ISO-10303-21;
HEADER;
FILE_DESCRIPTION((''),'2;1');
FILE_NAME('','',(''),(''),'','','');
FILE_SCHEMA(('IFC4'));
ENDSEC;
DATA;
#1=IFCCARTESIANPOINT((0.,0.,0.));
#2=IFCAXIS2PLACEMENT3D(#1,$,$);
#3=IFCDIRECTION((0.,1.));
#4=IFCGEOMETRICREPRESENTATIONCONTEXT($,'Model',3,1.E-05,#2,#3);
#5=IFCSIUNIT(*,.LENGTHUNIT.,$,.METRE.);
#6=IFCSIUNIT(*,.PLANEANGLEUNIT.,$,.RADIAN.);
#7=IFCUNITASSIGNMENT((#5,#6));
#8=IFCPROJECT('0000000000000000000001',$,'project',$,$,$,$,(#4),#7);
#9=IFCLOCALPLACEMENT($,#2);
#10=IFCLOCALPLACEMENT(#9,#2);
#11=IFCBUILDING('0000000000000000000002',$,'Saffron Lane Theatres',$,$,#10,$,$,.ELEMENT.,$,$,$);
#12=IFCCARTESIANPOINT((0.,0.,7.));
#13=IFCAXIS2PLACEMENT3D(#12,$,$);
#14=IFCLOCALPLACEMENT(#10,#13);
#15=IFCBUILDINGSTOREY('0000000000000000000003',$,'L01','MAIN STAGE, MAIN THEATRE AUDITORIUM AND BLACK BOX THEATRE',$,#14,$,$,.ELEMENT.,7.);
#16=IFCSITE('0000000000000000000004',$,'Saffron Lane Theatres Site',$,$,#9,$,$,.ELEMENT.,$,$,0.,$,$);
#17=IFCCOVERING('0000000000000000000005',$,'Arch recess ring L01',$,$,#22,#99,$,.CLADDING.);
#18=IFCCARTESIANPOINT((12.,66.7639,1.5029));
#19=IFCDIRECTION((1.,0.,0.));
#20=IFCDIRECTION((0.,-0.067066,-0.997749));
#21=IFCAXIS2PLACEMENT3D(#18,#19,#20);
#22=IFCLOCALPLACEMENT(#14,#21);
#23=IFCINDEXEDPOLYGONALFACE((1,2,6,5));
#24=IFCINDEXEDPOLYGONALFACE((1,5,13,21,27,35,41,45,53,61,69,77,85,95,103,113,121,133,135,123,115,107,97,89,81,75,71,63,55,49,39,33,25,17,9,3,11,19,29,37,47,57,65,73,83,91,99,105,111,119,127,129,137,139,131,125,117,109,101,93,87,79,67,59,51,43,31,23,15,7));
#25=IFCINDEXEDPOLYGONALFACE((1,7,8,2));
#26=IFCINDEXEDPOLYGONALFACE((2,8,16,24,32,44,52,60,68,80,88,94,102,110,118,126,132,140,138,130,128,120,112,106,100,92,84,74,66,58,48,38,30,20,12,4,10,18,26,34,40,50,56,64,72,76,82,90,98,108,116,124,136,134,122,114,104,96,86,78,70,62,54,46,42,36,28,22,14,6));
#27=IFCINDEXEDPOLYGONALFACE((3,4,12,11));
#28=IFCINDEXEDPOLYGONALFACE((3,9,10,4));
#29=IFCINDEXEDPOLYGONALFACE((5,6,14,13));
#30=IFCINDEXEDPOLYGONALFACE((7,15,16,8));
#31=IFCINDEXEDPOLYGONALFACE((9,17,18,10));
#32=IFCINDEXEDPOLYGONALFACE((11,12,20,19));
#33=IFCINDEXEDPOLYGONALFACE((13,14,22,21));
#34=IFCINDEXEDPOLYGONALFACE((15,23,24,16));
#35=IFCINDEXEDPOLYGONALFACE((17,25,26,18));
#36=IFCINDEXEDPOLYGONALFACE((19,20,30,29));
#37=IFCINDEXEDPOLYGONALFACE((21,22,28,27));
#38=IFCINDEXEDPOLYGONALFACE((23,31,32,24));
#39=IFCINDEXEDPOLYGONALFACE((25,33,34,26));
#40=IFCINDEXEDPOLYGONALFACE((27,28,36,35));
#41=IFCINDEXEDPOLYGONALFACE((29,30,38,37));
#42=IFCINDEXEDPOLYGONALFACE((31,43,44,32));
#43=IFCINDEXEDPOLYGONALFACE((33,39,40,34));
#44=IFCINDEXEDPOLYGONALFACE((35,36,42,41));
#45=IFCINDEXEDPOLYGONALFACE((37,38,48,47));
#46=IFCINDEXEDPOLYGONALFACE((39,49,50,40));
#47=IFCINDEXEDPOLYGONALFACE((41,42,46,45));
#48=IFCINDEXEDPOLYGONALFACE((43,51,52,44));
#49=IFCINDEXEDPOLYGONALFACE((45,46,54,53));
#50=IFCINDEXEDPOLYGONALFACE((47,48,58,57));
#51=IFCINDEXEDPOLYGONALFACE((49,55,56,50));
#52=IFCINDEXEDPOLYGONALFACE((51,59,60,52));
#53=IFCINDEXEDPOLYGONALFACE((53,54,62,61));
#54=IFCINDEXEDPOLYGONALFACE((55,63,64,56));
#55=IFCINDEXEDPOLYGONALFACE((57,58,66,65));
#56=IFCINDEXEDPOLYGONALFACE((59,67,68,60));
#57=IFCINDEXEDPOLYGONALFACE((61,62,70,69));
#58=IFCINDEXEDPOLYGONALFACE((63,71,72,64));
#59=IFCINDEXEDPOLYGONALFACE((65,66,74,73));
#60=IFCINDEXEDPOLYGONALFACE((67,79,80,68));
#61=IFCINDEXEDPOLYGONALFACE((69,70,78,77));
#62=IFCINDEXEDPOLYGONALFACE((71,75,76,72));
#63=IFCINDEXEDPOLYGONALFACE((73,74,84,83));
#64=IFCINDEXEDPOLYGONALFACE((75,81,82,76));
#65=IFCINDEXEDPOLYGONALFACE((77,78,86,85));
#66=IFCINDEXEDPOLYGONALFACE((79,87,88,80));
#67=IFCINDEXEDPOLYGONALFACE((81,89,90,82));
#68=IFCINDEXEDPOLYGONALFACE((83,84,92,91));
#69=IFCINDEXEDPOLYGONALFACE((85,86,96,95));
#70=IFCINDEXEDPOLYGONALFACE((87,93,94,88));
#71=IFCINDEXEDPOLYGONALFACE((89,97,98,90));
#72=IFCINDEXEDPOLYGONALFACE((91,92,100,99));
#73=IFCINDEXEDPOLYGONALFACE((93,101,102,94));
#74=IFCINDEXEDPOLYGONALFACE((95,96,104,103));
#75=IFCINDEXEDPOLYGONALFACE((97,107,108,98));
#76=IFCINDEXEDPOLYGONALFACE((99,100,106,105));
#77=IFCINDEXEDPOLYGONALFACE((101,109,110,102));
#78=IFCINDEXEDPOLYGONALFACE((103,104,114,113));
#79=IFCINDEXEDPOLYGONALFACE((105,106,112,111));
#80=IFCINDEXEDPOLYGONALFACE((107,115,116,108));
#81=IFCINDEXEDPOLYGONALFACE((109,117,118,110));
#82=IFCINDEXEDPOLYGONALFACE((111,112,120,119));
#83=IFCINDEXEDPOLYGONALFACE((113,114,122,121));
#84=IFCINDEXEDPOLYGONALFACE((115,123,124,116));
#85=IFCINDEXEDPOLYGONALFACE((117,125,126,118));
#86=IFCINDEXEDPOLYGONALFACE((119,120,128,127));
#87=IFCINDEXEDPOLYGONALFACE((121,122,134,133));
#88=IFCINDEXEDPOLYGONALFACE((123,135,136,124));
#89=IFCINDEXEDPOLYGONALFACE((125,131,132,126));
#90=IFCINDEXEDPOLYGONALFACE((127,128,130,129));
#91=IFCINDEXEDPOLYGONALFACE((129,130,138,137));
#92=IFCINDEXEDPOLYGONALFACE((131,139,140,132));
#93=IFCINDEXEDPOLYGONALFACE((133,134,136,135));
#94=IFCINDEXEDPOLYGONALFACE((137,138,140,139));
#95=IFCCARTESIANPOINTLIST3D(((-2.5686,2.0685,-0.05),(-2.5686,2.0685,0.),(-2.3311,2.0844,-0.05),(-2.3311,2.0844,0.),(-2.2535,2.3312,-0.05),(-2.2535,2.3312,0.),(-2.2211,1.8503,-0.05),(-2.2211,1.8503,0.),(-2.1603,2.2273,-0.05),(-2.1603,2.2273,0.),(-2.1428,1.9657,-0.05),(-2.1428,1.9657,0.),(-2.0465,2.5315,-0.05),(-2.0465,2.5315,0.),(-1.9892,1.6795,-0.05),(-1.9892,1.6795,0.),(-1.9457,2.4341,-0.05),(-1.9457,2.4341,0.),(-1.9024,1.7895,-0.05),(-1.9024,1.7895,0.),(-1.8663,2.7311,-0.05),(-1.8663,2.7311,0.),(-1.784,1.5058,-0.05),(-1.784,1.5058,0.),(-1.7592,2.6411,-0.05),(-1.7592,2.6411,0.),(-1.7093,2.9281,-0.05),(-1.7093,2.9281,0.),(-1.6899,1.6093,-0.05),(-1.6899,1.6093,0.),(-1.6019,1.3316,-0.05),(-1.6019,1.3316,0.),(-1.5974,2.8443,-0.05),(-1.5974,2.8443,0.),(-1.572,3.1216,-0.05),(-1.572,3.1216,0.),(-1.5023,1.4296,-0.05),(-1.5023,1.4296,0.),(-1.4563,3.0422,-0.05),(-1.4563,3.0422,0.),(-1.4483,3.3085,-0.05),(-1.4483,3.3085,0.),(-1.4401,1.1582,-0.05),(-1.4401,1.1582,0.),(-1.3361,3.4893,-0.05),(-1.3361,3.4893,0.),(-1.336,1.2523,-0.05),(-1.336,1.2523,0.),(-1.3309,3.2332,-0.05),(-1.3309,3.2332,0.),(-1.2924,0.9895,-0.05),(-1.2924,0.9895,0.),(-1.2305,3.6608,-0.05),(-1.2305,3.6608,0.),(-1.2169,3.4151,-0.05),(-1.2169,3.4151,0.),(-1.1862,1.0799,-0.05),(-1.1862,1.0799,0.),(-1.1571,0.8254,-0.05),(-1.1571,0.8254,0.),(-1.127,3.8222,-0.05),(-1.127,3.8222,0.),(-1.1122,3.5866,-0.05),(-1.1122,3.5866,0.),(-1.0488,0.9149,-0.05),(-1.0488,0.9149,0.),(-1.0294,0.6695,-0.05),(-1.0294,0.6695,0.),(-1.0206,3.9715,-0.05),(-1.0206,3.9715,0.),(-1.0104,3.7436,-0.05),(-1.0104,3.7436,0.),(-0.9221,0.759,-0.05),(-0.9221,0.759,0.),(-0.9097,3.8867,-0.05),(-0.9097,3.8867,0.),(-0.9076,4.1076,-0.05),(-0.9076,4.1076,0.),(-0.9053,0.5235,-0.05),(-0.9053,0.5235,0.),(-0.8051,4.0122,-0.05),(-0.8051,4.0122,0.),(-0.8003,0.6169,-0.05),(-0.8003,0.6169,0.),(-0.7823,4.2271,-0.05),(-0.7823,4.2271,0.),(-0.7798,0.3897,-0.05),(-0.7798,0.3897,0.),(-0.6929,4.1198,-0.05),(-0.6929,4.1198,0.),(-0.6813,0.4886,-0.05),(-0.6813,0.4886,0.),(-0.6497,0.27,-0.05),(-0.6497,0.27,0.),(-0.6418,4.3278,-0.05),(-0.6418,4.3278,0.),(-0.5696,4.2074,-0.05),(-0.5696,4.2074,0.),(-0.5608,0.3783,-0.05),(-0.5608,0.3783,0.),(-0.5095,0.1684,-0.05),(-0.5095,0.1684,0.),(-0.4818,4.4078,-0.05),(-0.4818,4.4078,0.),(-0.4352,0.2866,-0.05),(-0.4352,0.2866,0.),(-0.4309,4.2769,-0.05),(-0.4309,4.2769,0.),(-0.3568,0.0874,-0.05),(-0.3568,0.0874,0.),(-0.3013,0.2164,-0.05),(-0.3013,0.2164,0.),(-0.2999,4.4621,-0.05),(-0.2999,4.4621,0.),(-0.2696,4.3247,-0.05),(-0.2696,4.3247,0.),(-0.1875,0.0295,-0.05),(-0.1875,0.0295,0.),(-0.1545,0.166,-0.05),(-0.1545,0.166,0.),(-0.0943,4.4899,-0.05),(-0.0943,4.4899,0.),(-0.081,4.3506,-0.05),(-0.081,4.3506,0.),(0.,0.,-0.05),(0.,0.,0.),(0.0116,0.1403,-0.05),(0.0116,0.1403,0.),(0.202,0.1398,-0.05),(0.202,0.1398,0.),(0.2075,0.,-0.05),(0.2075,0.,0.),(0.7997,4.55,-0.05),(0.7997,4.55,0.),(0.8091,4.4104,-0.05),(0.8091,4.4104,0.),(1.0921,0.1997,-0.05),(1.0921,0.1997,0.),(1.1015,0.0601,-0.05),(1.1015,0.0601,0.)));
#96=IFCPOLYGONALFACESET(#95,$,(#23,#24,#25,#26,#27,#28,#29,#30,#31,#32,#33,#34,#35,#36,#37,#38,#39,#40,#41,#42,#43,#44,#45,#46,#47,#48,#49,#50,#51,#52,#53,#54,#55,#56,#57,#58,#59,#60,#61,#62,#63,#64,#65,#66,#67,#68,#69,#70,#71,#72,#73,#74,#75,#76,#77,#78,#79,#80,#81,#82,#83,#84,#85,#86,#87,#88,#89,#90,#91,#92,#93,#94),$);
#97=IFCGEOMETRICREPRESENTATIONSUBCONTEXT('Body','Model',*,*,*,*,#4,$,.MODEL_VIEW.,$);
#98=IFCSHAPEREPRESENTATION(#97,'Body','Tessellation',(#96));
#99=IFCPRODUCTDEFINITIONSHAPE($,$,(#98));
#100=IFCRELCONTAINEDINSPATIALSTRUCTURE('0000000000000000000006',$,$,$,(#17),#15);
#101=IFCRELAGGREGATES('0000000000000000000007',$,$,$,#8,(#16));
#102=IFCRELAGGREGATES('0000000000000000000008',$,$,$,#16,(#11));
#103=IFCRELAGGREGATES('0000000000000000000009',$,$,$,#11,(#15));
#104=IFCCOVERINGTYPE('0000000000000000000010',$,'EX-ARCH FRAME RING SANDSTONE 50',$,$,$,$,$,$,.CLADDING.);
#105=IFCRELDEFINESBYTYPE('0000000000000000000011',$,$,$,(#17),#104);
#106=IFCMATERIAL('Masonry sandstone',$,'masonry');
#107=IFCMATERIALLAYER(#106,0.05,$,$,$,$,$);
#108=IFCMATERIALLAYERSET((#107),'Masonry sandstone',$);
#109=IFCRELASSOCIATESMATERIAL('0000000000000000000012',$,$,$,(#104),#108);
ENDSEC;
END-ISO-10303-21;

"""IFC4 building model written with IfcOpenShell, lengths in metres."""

from ifc_helpers import new_model, si_unit, direction, frame, origin, place, context, subcontext, project, spatial, polyline, outline, extrude, material, layer, layer_set, type_object, element, save


model = new_model("IFC4")

# Units and contexts
model_context = context("Model", 3, precision=1e-05, world=origin(), true_north=direction((0.0, 1.0)))
body_context = subcontext(model_context, "Body", "Model", "MODEL_VIEW")
ifc_project = project(units=[si_unit("LENGTHUNIT", "METRE"), si_unit("PLANEANGLEUNIT", "RADIAN")], contexts=[model_context])

# Site, building, storey
site_placement = place(None, origin())
site = spatial("IfcSite", under=ifc_project, at=site_placement, Name="Saffron Lane Theatres Site", CompositionType="ELEMENT", RefElevation=0.0)
building_placement = place(site_placement, origin())
building = spatial("IfcBuilding", under=site, at=building_placement, Name="Saffron Lane Theatres", CompositionType="ELEMENT")
storey_placement = place(building_placement, frame((0.0, 0.0, 7.0)))
storey = spatial("IfcBuildingStorey", under=building, at=storey_placement, Name="L01", Description="MAIN STAGE, MAIN THEATRE AUDITORIUM AND BLACK BOX THEATRE", CompositionType="ELEMENT", Elevation=7.0)

# Covering
ifc_material_1 = material(Name="Masonry sandstone", Category="masonry")
ifc_layer_1 = layer(ifc_material_1, 0.05)
ifc_layer_set_1 = layer_set([ifc_layer_1], Name="Masonry sandstone")
covering_type_1 = type_object("IfcCoveringType", Name="EX-ARCH FRAME RING SANDSTONE 50", PredefinedType="CLADDING", material=ifc_layer_set_1)
covering_1_placement = place(storey_placement, frame((12.0, 66.7639, 1.5029), z_axis=(1.0, 0.0, 0.0), x_axis=(0.0, -0.067066, -0.997749)))
element("IfcCovering", 1, at=covering_1_placement, inside=storey, type_object=covering_type_1, Name="Arch recess ring L01", PredefinedType="CLADDING", context=body_context, shape_type="SweptSolid", body=[
    extrude(outline(polyline([(0.0, 0.0), (0.2075, 0.0), (1.1015, 0.0601), (1.0921, 0.1997), (0.202, 0.1398), (0.0116, 0.1403), (-0.1545, 0.166), (-0.3013, 0.2164), (-0.4352, 0.2866), (-0.5608, 0.3783), (-0.6813, 0.4886), (-0.8003, 0.6169), (-0.9221, 0.759), (-1.0488, 0.9149), (-1.1862, 1.0799), (-1.336, 1.2523), (-1.5023, 1.4296), (-1.6899, 1.6093), (-1.9024, 1.7895), (-2.1428, 1.9657), (-2.3311, 2.0844), (-2.1603, 2.2273), (-1.9457, 2.4341), (-1.7592, 2.6411), (-1.5974, 2.8443), (-1.4563, 3.0422), (-1.3309, 3.2332), (-1.2169, 3.4151), (-1.1122, 3.5866), (-1.0104, 3.7436), (-0.9097, 3.8867), (-0.8051, 4.0122), (-0.6929, 4.1198), (-0.5696, 4.2074), (-0.4309, 4.2769), (-0.2696, 4.3247), (-0.081, 4.3506), (0.8091, 4.4104), (0.7997, 4.55), (-0.0943, 4.4899), (-0.2999, 4.4621), (-0.4818, 4.4078), (-0.6418, 4.3278), (-0.7823, 4.2271), (-0.9076, 4.1076), (-1.0206, 3.9715), (-1.127, 3.8222), (-1.2305, 3.6608), (-1.3361, 3.4893), (-1.4483, 3.3085), (-1.572, 3.1216), (-1.7093, 2.9281), (-1.8663, 2.7311), (-2.0465, 2.5315), (-2.2535, 2.3312), (-2.5686, 2.0685), (-2.2211, 1.8503), (-1.9892, 1.6795), (-1.784, 1.5058), (-1.6019, 1.3316), (-1.4401, 1.1582), (-1.2924, 0.9895), (-1.1571, 0.8254), (-1.0294, 0.6695), (-0.9053, 0.5235), (-0.7798, 0.3897), (-0.6497, 0.27), (-0.5095, 0.1684), (-0.3568, 0.0874), (-0.1875, 0.0295), (0.0, 0.0)])), origin(), (0.0, 0.0, -1.0), 0.05),
])

save(model, "model.ifc")
